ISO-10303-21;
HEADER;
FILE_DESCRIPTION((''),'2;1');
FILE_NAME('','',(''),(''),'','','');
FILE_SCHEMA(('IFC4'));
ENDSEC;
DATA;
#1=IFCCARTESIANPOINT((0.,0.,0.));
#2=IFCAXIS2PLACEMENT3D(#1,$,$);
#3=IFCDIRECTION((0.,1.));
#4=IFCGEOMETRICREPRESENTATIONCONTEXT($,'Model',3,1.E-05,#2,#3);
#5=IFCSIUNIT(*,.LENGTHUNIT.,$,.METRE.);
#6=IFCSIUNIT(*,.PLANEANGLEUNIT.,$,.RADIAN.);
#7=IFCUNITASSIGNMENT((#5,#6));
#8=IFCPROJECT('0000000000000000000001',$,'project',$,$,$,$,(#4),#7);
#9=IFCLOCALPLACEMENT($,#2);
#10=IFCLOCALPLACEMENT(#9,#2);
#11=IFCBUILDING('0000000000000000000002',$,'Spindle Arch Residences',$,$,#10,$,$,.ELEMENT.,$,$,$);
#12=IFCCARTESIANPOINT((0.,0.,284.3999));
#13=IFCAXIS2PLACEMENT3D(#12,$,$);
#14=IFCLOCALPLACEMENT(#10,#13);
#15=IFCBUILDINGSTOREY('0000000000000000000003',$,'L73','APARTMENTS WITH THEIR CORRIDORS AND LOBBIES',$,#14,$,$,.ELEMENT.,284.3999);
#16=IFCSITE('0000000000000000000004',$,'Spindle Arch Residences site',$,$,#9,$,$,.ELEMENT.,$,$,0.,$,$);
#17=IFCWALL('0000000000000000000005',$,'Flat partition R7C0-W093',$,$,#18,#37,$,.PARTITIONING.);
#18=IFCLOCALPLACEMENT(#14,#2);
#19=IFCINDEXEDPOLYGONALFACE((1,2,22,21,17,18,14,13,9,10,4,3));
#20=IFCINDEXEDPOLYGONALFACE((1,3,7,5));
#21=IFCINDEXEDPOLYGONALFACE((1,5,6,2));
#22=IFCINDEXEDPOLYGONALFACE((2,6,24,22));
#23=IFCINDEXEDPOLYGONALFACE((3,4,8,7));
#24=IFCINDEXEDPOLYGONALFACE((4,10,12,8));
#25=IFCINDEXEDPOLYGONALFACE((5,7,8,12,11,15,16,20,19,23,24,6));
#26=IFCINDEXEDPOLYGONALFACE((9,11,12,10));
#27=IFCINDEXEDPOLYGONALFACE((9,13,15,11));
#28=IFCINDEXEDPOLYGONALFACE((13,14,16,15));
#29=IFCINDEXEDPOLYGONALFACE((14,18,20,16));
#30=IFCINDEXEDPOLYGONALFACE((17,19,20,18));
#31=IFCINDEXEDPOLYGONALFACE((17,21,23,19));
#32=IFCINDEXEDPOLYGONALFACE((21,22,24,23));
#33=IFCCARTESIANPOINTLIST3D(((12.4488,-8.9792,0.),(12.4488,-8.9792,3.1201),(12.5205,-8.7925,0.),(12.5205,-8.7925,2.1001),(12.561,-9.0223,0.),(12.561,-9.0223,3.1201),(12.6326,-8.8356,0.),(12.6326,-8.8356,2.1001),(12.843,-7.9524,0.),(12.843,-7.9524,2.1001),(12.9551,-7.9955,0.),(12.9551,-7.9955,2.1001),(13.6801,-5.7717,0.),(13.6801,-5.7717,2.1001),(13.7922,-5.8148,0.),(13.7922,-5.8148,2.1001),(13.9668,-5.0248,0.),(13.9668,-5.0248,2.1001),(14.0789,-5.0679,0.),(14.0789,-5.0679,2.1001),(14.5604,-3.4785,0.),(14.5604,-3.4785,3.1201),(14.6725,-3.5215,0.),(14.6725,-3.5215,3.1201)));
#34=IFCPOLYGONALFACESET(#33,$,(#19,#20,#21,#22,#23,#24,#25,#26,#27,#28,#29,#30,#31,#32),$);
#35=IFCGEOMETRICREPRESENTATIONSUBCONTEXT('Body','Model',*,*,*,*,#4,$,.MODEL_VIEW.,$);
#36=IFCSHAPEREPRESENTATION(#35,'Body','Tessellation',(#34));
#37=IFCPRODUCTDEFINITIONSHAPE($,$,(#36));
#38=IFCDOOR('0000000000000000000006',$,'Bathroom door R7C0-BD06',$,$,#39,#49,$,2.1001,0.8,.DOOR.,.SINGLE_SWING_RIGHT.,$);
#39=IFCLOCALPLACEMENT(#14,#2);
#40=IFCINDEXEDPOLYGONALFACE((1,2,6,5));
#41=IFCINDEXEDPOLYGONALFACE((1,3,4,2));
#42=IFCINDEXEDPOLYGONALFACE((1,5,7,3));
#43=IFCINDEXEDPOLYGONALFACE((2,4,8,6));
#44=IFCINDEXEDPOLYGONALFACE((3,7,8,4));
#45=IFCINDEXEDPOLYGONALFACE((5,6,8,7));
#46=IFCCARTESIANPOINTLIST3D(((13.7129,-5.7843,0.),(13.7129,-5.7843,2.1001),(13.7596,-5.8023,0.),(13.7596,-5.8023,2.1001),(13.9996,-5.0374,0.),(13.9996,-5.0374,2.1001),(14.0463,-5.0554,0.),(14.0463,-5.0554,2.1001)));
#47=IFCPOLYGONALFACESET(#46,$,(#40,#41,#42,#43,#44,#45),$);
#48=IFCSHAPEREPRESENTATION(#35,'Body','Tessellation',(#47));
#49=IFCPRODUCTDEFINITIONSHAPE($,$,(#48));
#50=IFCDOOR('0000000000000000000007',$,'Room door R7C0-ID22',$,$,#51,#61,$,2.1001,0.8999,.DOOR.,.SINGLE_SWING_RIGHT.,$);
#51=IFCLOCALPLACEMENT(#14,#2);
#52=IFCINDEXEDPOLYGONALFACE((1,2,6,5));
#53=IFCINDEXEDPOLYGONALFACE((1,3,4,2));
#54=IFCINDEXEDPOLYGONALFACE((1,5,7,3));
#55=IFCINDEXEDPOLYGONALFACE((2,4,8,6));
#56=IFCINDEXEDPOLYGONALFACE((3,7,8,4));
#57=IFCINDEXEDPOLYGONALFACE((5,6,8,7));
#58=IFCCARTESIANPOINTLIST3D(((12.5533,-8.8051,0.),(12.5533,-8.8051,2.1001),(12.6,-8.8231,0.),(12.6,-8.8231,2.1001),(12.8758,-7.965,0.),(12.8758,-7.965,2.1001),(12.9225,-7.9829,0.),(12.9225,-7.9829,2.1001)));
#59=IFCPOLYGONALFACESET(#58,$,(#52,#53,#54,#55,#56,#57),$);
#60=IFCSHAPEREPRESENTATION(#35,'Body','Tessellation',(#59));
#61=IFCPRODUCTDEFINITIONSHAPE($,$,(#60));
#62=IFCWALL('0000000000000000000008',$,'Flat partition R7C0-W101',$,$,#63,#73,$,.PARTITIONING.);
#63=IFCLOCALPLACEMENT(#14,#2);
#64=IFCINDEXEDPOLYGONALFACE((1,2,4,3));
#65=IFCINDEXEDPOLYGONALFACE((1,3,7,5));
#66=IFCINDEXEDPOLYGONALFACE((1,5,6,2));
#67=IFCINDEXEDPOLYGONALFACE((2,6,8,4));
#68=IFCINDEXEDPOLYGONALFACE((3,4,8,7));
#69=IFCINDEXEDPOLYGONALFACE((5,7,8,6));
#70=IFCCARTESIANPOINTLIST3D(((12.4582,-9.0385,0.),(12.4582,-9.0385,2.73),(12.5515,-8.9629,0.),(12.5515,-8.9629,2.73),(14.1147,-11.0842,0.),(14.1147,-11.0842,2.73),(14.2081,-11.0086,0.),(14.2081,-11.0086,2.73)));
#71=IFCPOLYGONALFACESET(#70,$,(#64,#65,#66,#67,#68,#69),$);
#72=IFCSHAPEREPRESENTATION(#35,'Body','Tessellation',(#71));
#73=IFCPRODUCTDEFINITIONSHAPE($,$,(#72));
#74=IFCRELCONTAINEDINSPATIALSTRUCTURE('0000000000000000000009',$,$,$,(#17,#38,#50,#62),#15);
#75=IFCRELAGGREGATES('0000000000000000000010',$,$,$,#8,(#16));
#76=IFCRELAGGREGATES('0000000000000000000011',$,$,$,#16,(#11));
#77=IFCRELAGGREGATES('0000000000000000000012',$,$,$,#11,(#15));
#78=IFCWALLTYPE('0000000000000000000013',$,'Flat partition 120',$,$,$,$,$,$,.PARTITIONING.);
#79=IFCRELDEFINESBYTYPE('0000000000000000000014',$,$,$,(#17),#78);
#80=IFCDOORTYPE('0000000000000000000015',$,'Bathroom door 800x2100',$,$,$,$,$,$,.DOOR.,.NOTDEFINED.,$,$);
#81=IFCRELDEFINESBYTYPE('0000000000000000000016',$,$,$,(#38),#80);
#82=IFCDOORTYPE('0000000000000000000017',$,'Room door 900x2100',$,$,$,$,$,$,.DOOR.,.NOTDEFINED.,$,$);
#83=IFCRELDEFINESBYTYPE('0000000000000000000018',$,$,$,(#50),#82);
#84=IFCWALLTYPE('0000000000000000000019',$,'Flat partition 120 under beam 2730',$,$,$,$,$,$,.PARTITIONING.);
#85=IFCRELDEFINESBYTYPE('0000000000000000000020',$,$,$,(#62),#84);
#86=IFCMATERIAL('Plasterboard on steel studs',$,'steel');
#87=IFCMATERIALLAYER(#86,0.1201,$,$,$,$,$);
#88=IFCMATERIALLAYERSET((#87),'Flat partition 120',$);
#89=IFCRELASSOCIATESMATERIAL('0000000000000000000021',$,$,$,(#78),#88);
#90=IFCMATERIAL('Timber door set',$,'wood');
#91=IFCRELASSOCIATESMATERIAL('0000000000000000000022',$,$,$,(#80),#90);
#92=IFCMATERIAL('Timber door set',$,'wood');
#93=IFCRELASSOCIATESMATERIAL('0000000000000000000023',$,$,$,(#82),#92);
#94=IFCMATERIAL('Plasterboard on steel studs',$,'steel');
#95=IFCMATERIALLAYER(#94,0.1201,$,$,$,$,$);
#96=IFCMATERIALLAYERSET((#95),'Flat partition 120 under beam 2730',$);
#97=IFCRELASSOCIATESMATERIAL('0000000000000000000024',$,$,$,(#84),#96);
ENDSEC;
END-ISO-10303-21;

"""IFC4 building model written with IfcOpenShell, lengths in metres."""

from ifc_helpers import new_model, si_unit, direction, frame, frame_2d, origin, place, context, subcontext, project, spatial, rectangle, extrude, material, layer, layer_set, type_object, element, fill, save


model = new_model("IFC4")

# Units and contexts
model_context = context("Model", 3, precision=1e-05, world=origin(), true_north=direction((0.0, 1.0)))
body_context = subcontext(model_context, "Body", "Model", "MODEL_VIEW")
ifc_project = project(units=[si_unit("LENGTHUNIT", "METRE"), si_unit("PLANEANGLEUNIT", "RADIAN")], contexts=[model_context])

# Site, building, storey
site_placement = place(None, origin())
site = spatial("IfcSite", under=ifc_project, at=site_placement, Name="Spindle Arch Residences site", CompositionType="ELEMENT", RefElevation=0.0)
building_placement = place(site_placement, origin())
building = spatial("IfcBuilding", under=site, at=building_placement, Name="Spindle Arch Residences", CompositionType="ELEMENT")
storey_placement = place(building_placement, frame((0.0, 0.0, 284.3999)))
storey = spatial("IfcBuildingStorey", under=building, at=storey_placement, Name="L73", Description="APARTMENTS WITH THEIR CORRIDORS AND LOBBIES", CompositionType="ELEMENT", Elevation=284.3999)

# Wall, openings, doors
ifc_material_1 = material(Name="Plasterboard on steel studs", Category="steel")
ifc_layer_1 = layer(ifc_material_1, 0.1201)
ifc_layer_set_1 = layer_set([ifc_layer_1], Name="Flat partition 120")
wall_type_1 = type_object("IfcWallType", Name="Flat partition 120", PredefinedType="PARTITIONING", material=ifc_layer_set_1)
wall_1_placement = place(storey_placement, frame((12.5049, -9.0007, 0.0), z_axis=(0.0, 0.0, 1.0), x_axis=(0.358374, 0.933578, 0.0)))
wall_1 = element("IfcWall", 1, at=wall_1_placement, inside=storey, type_object=wall_type_1, Name="Flat partition R7C0-W093", PredefinedType="PARTITIONING", context=body_context, shape_type="SweptSolid", body=[
    extrude(rectangle(XDim=5.8921, YDim=0.1201, at=frame_2d((2.946, 0.0))), origin(), (0.0, 0.0, 1.0), 3.1201),
])
opening_1_placement = place(wall_1_placement, frame((0.2, 0.0, 0.0)))
opening_1 = element("IfcOpeningElement", 2, at=opening_1_placement, cuts=wall_1, PredefinedType="OPENING", context=body_context, shape_type="SweptSolid", body=[
    extrude(rectangle(XDim=0.8999, YDim=2.1001, at=frame_2d((0.45, 1.05))), frame((0.0, 0.0701, 0.0), z_axis=(0.0, -1.0, 0.0), x_axis=(1.0, 0.0, 0.0)), (0.0, 0.0, 1.0), 0.1401),
])
opening_2_placement = place(wall_1_placement, frame((3.4358, 0.0, 0.0)))
opening_2 = element("IfcOpeningElement", 3, at=opening_2_placement, cuts=wall_1, PredefinedType="OPENING", context=body_context, shape_type="SweptSolid", body=[
    extrude(rectangle(XDim=0.8, YDim=2.1001, at=frame_2d((0.3999, 1.05))), frame((0.0, 0.0701, 0.0), z_axis=(0.0, -1.0, 0.0), x_axis=(1.0, 0.0, 0.0)), (0.0, 0.0, 1.0), 0.1401),
])
ifc_material_2 = material(Name="Timber door set", Category="wood")
door_type_1 = type_object("IfcDoorType", Name="Bathroom door 800x2100", OperationType="NOTDEFINED", PredefinedType="DOOR", material=ifc_material_2)
door_1_placement = place(opening_2_placement, origin())
door_1 = element("IfcDoor", 4, at=door_1_placement, inside=storey, type_object=door_type_1, Name="Bathroom door R7C0-BD06", OperationType="SINGLE_SWING_RIGHT", OverallHeight=2.1001, OverallWidth=0.8, PredefinedType="DOOR", context=body_context, shape_type="SweptSolid", body=[
    extrude(rectangle(XDim=0.8, YDim=2.1001, at=frame_2d((0.3999, 1.05))), frame((0.0, 0.0249, 0.0), z_axis=(0.0, -1.0, 0.0), x_axis=(1.0, 0.0, 0.0)), (0.0, 0.0, 1.0), 0.05),
])
fill(opening_2, door_1)
ifc_material_3 = material(Name="Timber door set", Category="wood")
door_type_2 = type_object("IfcDoorType", Name="Room door 900x2100", OperationType="NOTDEFINED", PredefinedType="DOOR", material=ifc_material_3)
door_2_placement = place(opening_1_placement, origin())
door_2 = element("IfcDoor", 5, at=door_2_placement, inside=storey, type_object=door_type_2, Name="Room door R7C0-ID22", OperationType="SINGLE_SWING_RIGHT", OverallHeight=2.1001, OverallWidth=0.8999, PredefinedType="DOOR", context=body_context, shape_type="SweptSolid", body=[
    extrude(rectangle(XDim=0.8999, YDim=2.1001, at=frame_2d((0.45, 1.05))), frame((0.0, 0.0249, 0.0), z_axis=(0.0, -1.0, 0.0), x_axis=(1.0, 0.0, 0.0)), (0.0, 0.0, 1.0), 0.05),
])
fill(opening_1, door_2)

# Wall
ifc_material_4 = material(Name="Plasterboard on steel studs", Category="steel")
ifc_layer_2 = layer(ifc_material_4, 0.1201)
ifc_layer_set_2 = layer_set([ifc_layer_2], Name="Flat partition 120 under beam 2730")
wall_type_2 = type_object("IfcWallType", Name="Flat partition 120 under beam 2730", PredefinedType="PARTITIONING", material=ifc_layer_set_2)
wall_2_placement = place(storey_placement, frame((14.1614, -11.0464, 0.0), z_axis=(0.0, 0.0, 1.0), x_axis=(-0.62931, 0.777154, 0.0)))
element("IfcWall", 6, at=wall_2_placement, inside=storey, type_object=wall_type_2, Name="Flat partition R7C0-W101", PredefinedType="PARTITIONING", context=body_context, shape_type="SweptSolid", body=[
    extrude(rectangle(XDim=2.6323, YDim=0.1201, at=frame_2d((1.3162, 0.0))), origin(), (0.0, 0.0, 1.0), 2.73),
])

save(model, "model.ifc")
